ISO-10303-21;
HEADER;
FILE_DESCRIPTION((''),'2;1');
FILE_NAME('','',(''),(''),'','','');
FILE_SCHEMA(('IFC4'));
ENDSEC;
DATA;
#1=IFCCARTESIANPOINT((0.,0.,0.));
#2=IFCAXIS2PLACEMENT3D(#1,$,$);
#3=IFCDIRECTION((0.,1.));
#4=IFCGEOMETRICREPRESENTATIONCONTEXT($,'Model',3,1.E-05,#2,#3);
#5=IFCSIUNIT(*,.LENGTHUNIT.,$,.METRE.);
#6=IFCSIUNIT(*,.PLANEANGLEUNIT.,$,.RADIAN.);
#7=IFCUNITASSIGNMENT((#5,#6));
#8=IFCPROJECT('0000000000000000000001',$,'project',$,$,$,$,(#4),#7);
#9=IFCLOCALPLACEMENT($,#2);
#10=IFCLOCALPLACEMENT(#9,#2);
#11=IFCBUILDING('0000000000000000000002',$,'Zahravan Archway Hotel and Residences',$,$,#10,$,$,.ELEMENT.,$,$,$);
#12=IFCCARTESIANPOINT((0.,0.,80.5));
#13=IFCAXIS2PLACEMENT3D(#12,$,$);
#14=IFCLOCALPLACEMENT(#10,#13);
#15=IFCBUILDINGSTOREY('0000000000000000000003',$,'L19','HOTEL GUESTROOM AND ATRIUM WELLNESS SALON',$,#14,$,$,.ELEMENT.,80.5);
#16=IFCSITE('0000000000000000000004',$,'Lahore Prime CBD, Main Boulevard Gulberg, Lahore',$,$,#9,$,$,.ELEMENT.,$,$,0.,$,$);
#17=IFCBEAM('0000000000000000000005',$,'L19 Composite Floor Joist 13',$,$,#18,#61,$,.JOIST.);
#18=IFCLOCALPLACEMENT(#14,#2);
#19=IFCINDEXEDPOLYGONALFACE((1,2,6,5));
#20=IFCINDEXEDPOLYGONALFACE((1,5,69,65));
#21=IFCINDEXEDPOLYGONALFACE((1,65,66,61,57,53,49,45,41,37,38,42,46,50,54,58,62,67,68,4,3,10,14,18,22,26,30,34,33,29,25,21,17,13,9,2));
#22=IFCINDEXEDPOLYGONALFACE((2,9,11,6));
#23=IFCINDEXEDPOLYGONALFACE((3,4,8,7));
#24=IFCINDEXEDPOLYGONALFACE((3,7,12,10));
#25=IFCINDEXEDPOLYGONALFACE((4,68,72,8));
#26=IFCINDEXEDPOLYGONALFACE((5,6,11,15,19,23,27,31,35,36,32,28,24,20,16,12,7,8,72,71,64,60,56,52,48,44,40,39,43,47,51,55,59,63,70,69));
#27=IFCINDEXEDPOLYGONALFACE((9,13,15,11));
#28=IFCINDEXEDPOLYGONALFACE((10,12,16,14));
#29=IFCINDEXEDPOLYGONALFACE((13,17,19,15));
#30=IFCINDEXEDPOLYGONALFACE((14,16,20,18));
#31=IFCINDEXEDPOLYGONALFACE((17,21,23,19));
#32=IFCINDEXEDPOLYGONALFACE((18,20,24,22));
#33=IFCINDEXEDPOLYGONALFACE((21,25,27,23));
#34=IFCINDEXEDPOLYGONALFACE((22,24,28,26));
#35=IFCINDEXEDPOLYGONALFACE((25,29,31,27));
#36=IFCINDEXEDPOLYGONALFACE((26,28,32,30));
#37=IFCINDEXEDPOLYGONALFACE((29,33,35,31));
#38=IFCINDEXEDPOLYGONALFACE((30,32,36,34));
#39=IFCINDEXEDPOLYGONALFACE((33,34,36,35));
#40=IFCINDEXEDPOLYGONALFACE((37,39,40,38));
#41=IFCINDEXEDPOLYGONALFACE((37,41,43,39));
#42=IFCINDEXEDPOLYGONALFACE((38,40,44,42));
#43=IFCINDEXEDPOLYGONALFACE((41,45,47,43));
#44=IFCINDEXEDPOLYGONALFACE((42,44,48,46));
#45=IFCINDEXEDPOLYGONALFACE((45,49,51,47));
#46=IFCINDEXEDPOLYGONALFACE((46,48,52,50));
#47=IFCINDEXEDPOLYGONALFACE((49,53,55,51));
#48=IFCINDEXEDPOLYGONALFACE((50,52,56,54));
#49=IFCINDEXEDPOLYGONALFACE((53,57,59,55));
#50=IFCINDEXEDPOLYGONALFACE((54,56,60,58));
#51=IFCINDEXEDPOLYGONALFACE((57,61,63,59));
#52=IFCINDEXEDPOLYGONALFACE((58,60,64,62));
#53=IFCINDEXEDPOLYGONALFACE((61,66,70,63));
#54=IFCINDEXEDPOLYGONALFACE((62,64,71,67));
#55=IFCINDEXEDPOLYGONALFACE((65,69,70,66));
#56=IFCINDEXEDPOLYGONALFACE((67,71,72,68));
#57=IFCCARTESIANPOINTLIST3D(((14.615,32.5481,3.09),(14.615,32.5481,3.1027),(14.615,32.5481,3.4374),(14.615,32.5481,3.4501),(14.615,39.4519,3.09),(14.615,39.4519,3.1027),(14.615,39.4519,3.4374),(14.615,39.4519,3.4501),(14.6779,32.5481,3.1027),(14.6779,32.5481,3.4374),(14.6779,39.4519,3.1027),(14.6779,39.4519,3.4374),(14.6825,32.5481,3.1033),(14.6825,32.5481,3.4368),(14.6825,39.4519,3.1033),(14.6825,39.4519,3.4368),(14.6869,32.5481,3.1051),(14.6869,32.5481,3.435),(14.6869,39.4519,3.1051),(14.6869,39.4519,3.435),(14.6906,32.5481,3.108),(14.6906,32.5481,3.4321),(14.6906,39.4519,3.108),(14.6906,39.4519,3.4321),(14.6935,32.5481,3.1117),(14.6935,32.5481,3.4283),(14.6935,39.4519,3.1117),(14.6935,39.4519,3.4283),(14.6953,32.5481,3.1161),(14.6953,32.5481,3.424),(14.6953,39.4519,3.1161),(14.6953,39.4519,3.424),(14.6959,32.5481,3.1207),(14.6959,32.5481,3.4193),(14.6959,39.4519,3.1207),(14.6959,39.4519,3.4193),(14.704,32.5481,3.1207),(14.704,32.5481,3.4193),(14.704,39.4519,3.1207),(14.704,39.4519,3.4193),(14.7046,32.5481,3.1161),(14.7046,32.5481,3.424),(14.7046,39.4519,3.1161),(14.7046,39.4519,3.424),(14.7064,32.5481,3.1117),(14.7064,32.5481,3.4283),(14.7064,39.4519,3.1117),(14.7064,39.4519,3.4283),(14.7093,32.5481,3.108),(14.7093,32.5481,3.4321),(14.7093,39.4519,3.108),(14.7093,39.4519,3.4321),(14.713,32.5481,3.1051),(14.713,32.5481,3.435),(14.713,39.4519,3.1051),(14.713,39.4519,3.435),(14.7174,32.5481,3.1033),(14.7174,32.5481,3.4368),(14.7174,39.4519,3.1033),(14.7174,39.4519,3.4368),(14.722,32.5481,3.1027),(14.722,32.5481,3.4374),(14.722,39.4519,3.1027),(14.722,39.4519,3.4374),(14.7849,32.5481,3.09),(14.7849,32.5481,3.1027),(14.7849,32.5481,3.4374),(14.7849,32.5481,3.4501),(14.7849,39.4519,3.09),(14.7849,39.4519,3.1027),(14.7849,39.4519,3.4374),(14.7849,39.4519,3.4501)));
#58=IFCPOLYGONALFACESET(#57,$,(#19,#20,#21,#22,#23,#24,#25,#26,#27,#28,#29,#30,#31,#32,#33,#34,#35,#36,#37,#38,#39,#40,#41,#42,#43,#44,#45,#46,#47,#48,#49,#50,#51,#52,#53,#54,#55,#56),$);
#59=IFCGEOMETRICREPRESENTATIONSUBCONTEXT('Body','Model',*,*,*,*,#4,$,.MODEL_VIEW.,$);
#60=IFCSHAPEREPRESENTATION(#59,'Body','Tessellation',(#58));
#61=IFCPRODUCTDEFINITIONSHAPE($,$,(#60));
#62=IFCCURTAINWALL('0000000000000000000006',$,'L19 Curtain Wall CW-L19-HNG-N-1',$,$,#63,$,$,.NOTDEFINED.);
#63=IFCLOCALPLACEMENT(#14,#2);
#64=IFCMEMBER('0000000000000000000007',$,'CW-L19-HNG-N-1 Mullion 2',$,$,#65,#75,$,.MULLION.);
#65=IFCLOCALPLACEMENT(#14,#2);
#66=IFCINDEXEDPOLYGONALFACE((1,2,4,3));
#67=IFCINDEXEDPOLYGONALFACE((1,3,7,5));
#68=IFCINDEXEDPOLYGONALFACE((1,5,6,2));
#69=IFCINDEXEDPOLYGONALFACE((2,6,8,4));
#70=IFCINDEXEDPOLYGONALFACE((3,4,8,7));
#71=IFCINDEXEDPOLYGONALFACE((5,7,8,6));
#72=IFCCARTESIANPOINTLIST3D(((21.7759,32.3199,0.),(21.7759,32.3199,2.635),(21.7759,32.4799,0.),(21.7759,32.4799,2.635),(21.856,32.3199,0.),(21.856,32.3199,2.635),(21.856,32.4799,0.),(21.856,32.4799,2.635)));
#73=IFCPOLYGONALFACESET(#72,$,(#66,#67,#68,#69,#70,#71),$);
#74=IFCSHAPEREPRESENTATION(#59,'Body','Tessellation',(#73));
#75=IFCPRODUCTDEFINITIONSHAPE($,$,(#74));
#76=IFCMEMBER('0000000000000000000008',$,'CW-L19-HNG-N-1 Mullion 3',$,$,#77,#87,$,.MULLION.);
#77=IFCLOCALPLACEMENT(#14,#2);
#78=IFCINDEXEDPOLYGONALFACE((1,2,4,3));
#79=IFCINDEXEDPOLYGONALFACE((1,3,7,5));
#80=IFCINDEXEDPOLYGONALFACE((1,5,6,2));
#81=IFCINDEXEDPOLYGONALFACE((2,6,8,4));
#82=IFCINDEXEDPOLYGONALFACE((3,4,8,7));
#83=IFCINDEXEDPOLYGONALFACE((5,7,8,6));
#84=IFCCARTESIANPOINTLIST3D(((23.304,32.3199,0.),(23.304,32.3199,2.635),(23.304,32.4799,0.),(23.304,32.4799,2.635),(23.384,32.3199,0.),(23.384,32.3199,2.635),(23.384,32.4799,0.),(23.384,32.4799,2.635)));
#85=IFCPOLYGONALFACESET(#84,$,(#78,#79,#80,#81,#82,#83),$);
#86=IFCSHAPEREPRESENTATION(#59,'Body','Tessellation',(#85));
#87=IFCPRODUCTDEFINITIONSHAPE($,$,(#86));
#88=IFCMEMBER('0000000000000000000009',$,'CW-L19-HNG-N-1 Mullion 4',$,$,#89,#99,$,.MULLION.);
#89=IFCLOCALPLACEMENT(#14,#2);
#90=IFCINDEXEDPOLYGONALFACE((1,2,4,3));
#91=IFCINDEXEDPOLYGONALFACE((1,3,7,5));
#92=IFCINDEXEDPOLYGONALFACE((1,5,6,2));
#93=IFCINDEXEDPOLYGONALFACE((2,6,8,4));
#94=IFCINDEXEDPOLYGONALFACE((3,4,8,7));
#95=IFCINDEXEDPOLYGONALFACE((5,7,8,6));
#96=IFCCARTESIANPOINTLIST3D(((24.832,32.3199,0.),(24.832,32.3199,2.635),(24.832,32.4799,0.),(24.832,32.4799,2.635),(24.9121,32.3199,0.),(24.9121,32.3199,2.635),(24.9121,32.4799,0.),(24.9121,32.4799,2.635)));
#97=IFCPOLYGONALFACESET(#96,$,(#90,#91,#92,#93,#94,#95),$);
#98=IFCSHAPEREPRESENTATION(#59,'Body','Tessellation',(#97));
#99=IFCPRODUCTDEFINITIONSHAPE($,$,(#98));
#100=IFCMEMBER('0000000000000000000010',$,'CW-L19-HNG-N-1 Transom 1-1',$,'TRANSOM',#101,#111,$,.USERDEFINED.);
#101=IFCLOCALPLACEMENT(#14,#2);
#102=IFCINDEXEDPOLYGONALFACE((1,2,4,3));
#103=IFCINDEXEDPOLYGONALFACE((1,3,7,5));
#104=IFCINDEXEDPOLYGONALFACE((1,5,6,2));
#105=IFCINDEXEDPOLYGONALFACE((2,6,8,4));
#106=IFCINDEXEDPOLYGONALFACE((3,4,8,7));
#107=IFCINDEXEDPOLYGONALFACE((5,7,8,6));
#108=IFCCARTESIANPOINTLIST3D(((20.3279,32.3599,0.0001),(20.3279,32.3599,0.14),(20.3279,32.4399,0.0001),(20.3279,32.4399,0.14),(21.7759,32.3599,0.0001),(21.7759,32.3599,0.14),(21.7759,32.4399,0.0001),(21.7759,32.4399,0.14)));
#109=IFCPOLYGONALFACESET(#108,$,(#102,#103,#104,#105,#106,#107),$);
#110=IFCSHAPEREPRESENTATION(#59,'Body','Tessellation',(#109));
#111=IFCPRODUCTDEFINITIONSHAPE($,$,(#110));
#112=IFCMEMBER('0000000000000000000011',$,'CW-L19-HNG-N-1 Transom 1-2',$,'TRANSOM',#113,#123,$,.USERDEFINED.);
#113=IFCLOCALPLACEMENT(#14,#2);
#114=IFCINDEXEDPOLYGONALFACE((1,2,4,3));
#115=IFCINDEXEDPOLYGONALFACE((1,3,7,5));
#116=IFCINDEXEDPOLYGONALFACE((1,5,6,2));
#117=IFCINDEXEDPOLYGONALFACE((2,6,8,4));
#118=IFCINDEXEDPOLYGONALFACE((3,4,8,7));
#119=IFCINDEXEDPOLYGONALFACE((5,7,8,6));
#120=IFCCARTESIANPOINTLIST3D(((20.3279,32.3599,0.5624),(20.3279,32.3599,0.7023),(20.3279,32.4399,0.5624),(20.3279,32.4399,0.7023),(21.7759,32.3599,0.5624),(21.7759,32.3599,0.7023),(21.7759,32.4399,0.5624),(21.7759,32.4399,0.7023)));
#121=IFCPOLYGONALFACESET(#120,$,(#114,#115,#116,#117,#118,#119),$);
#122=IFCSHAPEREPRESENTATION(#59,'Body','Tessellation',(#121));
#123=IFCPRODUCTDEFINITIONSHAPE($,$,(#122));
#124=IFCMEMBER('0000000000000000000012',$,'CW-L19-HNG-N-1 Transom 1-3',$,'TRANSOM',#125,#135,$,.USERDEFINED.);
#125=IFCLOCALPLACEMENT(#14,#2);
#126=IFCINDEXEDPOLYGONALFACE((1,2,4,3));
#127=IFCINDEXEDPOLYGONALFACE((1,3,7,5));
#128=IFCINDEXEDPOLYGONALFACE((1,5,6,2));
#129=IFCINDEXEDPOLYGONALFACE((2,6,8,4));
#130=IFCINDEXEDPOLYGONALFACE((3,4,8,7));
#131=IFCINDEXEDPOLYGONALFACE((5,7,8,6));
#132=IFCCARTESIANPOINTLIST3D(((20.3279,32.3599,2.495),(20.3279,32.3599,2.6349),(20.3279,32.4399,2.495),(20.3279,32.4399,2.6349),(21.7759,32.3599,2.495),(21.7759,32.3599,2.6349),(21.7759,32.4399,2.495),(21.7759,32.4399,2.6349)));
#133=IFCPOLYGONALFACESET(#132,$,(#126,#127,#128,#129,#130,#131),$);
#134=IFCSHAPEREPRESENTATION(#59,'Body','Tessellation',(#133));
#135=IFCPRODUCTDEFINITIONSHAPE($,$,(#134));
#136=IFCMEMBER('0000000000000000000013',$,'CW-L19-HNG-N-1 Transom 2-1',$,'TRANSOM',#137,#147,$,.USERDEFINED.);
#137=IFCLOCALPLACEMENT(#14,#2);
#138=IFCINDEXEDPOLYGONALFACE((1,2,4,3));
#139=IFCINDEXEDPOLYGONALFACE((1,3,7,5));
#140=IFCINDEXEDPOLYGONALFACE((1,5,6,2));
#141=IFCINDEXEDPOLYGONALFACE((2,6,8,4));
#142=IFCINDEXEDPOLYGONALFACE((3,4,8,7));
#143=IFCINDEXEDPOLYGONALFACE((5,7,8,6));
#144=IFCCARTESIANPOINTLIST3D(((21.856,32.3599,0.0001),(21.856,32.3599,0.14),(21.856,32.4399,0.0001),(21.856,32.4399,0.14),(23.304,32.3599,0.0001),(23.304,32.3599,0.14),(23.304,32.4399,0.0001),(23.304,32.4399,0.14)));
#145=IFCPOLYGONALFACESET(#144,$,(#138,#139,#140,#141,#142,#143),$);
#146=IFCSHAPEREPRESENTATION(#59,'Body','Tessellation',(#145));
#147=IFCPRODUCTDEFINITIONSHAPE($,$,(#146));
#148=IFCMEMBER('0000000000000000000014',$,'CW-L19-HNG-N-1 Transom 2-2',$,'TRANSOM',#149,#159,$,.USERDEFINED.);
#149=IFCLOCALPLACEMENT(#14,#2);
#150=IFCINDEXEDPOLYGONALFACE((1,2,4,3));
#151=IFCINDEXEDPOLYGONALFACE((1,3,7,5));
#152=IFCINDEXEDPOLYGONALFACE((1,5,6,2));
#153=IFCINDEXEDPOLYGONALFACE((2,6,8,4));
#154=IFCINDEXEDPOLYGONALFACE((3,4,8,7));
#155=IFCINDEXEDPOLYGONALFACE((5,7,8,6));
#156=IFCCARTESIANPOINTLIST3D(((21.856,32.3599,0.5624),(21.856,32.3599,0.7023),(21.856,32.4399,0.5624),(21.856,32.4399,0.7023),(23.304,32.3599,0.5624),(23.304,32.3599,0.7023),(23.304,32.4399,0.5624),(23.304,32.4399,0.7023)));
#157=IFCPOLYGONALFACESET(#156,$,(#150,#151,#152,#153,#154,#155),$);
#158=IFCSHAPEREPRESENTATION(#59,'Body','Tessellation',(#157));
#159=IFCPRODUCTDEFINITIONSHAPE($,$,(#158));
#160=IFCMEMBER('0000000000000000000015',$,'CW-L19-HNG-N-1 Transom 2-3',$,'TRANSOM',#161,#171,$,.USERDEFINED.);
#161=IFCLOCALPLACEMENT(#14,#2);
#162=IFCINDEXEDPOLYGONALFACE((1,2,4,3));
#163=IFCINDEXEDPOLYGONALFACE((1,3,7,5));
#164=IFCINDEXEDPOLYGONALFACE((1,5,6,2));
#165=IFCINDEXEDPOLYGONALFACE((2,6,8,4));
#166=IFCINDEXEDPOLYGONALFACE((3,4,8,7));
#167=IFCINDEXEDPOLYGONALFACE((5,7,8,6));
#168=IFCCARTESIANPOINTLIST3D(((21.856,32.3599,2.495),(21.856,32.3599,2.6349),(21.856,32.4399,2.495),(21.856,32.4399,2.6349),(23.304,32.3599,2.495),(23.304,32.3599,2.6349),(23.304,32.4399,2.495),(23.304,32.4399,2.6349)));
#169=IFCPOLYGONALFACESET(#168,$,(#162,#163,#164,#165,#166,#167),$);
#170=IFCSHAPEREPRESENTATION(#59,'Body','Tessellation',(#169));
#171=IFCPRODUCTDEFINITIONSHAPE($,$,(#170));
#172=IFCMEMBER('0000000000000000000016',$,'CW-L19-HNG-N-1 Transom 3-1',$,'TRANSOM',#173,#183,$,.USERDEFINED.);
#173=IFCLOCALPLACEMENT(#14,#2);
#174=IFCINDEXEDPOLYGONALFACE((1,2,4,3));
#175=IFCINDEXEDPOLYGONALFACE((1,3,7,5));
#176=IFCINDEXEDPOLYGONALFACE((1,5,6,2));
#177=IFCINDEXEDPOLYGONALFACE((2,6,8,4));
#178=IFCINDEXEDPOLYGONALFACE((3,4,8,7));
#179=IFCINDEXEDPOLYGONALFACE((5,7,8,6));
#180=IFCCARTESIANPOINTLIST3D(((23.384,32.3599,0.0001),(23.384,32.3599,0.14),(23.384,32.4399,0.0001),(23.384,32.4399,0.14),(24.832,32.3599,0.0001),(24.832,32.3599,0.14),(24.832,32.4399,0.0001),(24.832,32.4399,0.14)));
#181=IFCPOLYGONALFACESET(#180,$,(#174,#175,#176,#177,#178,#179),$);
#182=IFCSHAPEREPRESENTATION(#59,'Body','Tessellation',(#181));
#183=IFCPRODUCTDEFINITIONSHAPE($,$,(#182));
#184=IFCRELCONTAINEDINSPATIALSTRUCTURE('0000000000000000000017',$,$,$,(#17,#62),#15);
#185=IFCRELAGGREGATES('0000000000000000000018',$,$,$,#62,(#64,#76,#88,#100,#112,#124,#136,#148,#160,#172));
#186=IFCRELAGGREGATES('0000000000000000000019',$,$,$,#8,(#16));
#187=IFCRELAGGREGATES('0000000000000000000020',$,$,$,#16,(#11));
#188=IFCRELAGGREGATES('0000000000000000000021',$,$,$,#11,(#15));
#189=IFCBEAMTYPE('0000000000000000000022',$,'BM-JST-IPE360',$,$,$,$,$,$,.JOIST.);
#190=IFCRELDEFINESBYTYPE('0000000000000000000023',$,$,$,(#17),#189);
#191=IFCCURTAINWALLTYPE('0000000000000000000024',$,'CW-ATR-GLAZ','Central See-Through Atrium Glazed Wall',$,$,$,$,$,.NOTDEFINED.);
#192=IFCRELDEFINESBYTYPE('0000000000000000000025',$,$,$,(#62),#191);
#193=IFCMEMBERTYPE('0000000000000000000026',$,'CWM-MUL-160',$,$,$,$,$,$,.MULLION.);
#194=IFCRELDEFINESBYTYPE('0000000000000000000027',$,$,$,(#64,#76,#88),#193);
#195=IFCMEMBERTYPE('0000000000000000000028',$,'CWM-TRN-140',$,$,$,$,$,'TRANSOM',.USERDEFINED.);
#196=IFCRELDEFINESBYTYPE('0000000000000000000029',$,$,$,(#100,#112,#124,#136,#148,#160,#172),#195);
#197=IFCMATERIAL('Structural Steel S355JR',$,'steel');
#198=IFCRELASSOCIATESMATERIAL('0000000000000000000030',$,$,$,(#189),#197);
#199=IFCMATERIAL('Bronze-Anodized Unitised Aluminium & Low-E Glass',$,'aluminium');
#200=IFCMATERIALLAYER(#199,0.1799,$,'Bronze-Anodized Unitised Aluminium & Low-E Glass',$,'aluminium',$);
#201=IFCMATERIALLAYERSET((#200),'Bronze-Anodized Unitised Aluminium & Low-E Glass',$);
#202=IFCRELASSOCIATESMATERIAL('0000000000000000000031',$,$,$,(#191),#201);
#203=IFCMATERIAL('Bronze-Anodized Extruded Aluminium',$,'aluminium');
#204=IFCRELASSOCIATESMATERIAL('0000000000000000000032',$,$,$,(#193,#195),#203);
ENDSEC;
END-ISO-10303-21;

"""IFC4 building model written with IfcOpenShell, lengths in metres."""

from ifc_helpers import new_model, si_unit, direction, frame, origin, origin_2d, place, context, subcontext, project, spatial, rectangle, i_section, extrude, source, transform, mapped, material, layer, layer_set, material_profile, profile_set, type_object, element, aggregate, save


model = new_model("IFC4")

# Units and contexts
model_context = context("Model", 3, precision=1e-05, world=origin(), true_north=direction((0.0, 1.0)))
body_context = subcontext(model_context, "Body", "Model", "MODEL_VIEW")
ifc_project = project(units=[si_unit("LENGTHUNIT", "METRE"), si_unit("PLANEANGLEUNIT", "RADIAN")], contexts=[model_context])

# Site, building, storey
site_placement = place(None, origin())
site = spatial("IfcSite", under=ifc_project, at=site_placement, Name="Lahore Prime CBD, Main Boulevard Gulberg, Lahore", CompositionType="ELEMENT", RefElevation=0.0)
building_placement = place(site_placement, origin())
building = spatial("IfcBuilding", under=site, at=building_placement, Name="Zahravan Archway Hotel and Residences", CompositionType="ELEMENT")
storey_placement = place(building_placement, frame((0.0, 0.0, 80.5)))
storey = spatial("IfcBuildingStorey", under=building, at=storey_placement, Name="L19", Description="HOTEL GUESTROOM AND ATRIUM WELLNESS SALON", CompositionType="ELEMENT", Elevation=80.5)

# Beam
ifc_material_1 = material(Name="Structural Steel S355JR", Category="steel")
ifc_material_profile_1 = material_profile(ifc_material_1, i_section(OverallWidth=0.1699, OverallDepth=0.3601, WebThickness=0.0081, FlangeThickness=0.0127, FilletRadius=0.0181, at=origin_2d()), Name="IPE 360", Category="steel")
ifc_profile_set_1 = profile_set([ifc_material_profile_1], Name="Structural Steel S355JR")
beam_type_1 = type_object("IfcBeamType", Name="BM-JST-IPE360", PredefinedType="JOIST", material=ifc_profile_set_1)
shared_shape_1 = source(origin(), body_context, "Body", "SweptSolid", [
    extrude(i_section(OverallWidth=0.1699, OverallDepth=0.3601, WebThickness=0.0081, FlangeThickness=0.0127, FilletRadius=0.0181, at=origin_2d()), origin(), (0.0, 0.0, 1.0), 6.9038),
])
beam_1_placement = place(storey_placement, frame((14.7, 32.5481, 3.27), z_axis=(0.0, 1.0, 0.0), x_axis=(-1.0, 0.0, 0.0)))
element("IfcBeam", 1, at=beam_1_placement, inside=storey, type_object=beam_type_1, Name="L19 Composite Floor Joist 13", PredefinedType="JOIST", context=body_context, shape_type="MappedRepresentation", body=[
    mapped(shared_shape_1, transform((0.0, 0.0, 0.0), scale=1.0)),
])

# Curtain wall, members
ifc_material_2 = material(Name="Bronze-Anodized Unitised Aluminium & Low-E Glass", Category="aluminium")
ifc_layer_1 = layer(ifc_material_2, 0.1799, Name="Bronze-Anodized Unitised Aluminium & Low-E Glass", Category="aluminium")
ifc_layer_set_1 = layer_set([ifc_layer_1], Name="Bronze-Anodized Unitised Aluminium & Low-E Glass")
curtain_wall_type = type_object("IfcCurtainWallType", Name="CW-ATR-GLAZ", Description="Central See-Through Atrium Glazed Wall", PredefinedType="NOTDEFINED", material=ifc_layer_set_1)
curtain_wall_placement = place(storey_placement, origin())
curtain_wall = element("IfcCurtainWall", 2, at=curtain_wall_placement, inside=storey, type_object=curtain_wall_type, Name="L19 Curtain Wall CW-L19-HNG-N-1", PredefinedType="NOTDEFINED")
ifc_material_3 = material(Name="Bronze-Anodized Extruded Aluminium", Category="aluminium")
ifc_material_profile_2 = material_profile(ifc_material_3, rectangle(XDim=0.0801, YDim=0.1599, at=origin_2d()), Name="MUL 80x160", Category="aluminium")
ifc_profile_set_2 = profile_set([ifc_material_profile_2], Name="Bronze-Anodized Extruded Aluminium")
member_type_1 = type_object("IfcMemberType", Name="CWM-MUL-160", PredefinedType="MULLION", material=ifc_profile_set_2)
shared_shape_2 = source(origin(), body_context, "Body", "SweptSolid", [
    extrude(rectangle(XDim=0.0801, YDim=0.1599, at=origin_2d()), origin(), (0.0, 0.0, 1.0), 2.635),
])
member_1_placement = place(storey_placement, frame((21.8159, 32.3999, 0.0), z_axis=(0.0, 0.0, 1.0), x_axis=(1.0, 0.0, 0.0)))
member_1 = element("IfcMember", 3, at=member_1_placement, type_object=member_type_1, Name="CW-L19-HNG-N-1 Mullion 2", PredefinedType="MULLION", context=body_context, shape_type="MappedRepresentation", body=[
    mapped(shared_shape_2, transform((0.0, 0.0, 0.0), scale=1.0)),
])
member_2_placement = place(storey_placement, frame((23.344, 32.3999, 0.0), z_axis=(0.0, 0.0, 1.0), x_axis=(1.0, 0.0, 0.0)))
member_2 = element("IfcMember", 4, at=member_2_placement, type_object=member_type_1, Name="CW-L19-HNG-N-1 Mullion 3", PredefinedType="MULLION", context=body_context, shape_type="MappedRepresentation", body=[
    mapped(shared_shape_2, transform((0.0, 0.0, 0.0), scale=1.0)),
])
member_3_placement = place(storey_placement, frame((24.8721, 32.3999, 0.0), z_axis=(0.0, 0.0, 1.0), x_axis=(1.0, 0.0, 0.0)))
member_3 = element("IfcMember", 5, at=member_3_placement, type_object=member_type_1, Name="CW-L19-HNG-N-1 Mullion 4", PredefinedType="MULLION", context=body_context, shape_type="MappedRepresentation", body=[
    mapped(shared_shape_2, transform((0.0, 0.0, 0.0), scale=1.0)),
])
ifc_material_profile_3 = material_profile(ifc_material_3, rectangle(XDim=0.0801, YDim=0.1399, at=origin_2d()), Name="TRN 80x140", Category="aluminium")
ifc_profile_set_3 = profile_set([ifc_material_profile_3], Name="Bronze-Anodized Extruded Aluminium")
member_type_2 = type_object("IfcMemberType", Name="CWM-TRN-140", ElementType="TRANSOM", PredefinedType="USERDEFINED", material=ifc_profile_set_3)
shared_shape_3 = source(origin(), body_context, "Body", "SweptSolid", [
    extrude(rectangle(XDim=0.0801, YDim=0.1399, at=origin_2d()), origin(), (0.0, 0.0, 1.0), 1.448),
])
member_4_placement = place(storey_placement, frame((20.3279, 32.3999, 0.0701), z_axis=(1.0, 0.0, 0.0), x_axis=(0.0, 1.0, 0.0)))
member_4 = element("IfcMember", 6, at=member_4_placement, type_object=member_type_2, Name="CW-L19-HNG-N-1 Transom 1-1", ObjectType="TRANSOM", PredefinedType="USERDEFINED", context=body_context, shape_type="MappedRepresentation", body=[
    mapped(shared_shape_3, transform((0.0, 0.0, 0.0), scale=1.0)),
])
member_5_placement = place(storey_placement, frame((20.3279, 32.3999, 0.6323), z_axis=(1.0, 0.0, 0.0), x_axis=(0.0, 1.0, 0.0)))
member_5 = element("IfcMember", 7, at=member_5_placement, type_object=member_type_2, Name="CW-L19-HNG-N-1 Transom 1-2", ObjectType="TRANSOM", PredefinedType="USERDEFINED", context=body_context, shape_type="MappedRepresentation", body=[
    mapped(shared_shape_3, transform((0.0, 0.0, 0.0), scale=1.0)),
])
member_6_placement = place(storey_placement, frame((20.3279, 32.3999, 2.5649), z_axis=(1.0, 0.0, 0.0), x_axis=(0.0, 1.0, 0.0)))
member_6 = element("IfcMember", 8, at=member_6_placement, type_object=member_type_2, Name="CW-L19-HNG-N-1 Transom 1-3", ObjectType="TRANSOM", PredefinedType="USERDEFINED", context=body_context, shape_type="MappedRepresentation", body=[
    mapped(shared_shape_3, transform((0.0, 0.0, 0.0), scale=1.0)),
])
member_7_placement = place(storey_placement, frame((21.856, 32.3999, 0.0701), z_axis=(1.0, 0.0, 0.0), x_axis=(0.0, 1.0, 0.0)))
member_7 = element("IfcMember", 9, at=member_7_placement, type_object=member_type_2, Name="CW-L19-HNG-N-1 Transom 2-1", ObjectType="TRANSOM", PredefinedType="USERDEFINED", context=body_context, shape_type="MappedRepresentation", body=[
    mapped(shared_shape_3, transform((0.0, 0.0, 0.0), scale=1.0)),
])
member_8_placement = place(storey_placement, frame((21.856, 32.3999, 0.6323), z_axis=(1.0, 0.0, 0.0), x_axis=(0.0, 1.0, 0.0)))
member_8 = element("IfcMember", 10, at=member_8_placement, type_object=member_type_2, Name="CW-L19-HNG-N-1 Transom 2-2", ObjectType="TRANSOM", PredefinedType="USERDEFINED", context=body_context, shape_type="MappedRepresentation", body=[
    mapped(shared_shape_3, transform((0.0, 0.0, 0.0), scale=1.0)),
])
member_9_placement = place(storey_placement, frame((21.856, 32.3999, 2.5649), z_axis=(1.0, 0.0, 0.0), x_axis=(0.0, 1.0, 0.0)))
member_9 = element("IfcMember", 11, at=member_9_placement, type_object=member_type_2, Name="CW-L19-HNG-N-1 Transom 2-3", ObjectType="TRANSOM", PredefinedType="USERDEFINED", context=body_context, shape_type="MappedRepresentation", body=[
    mapped(shared_shape_3, transform((0.0, 0.0, 0.0), scale=1.0)),
])
member_10_placement = place(storey_placement, frame((23.384, 32.3999, 0.0701), z_axis=(1.0, 0.0, 0.0), x_axis=(0.0, 1.0, 0.0)))
member_10 = element("IfcMember", 12, at=member_10_placement, type_object=member_type_2, Name="CW-L19-HNG-N-1 Transom 3-1", ObjectType="TRANSOM", PredefinedType="USERDEFINED", context=body_context, shape_type="MappedRepresentation", body=[
    mapped(shared_shape_3, transform((0.0, 0.0, 0.0), scale=1.0)),
])
aggregate(curtain_wall, [member_1, member_2, member_3, member_4, member_5, member_6, member_7, member_8, member_9, member_10])

save(model, "model.ifc")
